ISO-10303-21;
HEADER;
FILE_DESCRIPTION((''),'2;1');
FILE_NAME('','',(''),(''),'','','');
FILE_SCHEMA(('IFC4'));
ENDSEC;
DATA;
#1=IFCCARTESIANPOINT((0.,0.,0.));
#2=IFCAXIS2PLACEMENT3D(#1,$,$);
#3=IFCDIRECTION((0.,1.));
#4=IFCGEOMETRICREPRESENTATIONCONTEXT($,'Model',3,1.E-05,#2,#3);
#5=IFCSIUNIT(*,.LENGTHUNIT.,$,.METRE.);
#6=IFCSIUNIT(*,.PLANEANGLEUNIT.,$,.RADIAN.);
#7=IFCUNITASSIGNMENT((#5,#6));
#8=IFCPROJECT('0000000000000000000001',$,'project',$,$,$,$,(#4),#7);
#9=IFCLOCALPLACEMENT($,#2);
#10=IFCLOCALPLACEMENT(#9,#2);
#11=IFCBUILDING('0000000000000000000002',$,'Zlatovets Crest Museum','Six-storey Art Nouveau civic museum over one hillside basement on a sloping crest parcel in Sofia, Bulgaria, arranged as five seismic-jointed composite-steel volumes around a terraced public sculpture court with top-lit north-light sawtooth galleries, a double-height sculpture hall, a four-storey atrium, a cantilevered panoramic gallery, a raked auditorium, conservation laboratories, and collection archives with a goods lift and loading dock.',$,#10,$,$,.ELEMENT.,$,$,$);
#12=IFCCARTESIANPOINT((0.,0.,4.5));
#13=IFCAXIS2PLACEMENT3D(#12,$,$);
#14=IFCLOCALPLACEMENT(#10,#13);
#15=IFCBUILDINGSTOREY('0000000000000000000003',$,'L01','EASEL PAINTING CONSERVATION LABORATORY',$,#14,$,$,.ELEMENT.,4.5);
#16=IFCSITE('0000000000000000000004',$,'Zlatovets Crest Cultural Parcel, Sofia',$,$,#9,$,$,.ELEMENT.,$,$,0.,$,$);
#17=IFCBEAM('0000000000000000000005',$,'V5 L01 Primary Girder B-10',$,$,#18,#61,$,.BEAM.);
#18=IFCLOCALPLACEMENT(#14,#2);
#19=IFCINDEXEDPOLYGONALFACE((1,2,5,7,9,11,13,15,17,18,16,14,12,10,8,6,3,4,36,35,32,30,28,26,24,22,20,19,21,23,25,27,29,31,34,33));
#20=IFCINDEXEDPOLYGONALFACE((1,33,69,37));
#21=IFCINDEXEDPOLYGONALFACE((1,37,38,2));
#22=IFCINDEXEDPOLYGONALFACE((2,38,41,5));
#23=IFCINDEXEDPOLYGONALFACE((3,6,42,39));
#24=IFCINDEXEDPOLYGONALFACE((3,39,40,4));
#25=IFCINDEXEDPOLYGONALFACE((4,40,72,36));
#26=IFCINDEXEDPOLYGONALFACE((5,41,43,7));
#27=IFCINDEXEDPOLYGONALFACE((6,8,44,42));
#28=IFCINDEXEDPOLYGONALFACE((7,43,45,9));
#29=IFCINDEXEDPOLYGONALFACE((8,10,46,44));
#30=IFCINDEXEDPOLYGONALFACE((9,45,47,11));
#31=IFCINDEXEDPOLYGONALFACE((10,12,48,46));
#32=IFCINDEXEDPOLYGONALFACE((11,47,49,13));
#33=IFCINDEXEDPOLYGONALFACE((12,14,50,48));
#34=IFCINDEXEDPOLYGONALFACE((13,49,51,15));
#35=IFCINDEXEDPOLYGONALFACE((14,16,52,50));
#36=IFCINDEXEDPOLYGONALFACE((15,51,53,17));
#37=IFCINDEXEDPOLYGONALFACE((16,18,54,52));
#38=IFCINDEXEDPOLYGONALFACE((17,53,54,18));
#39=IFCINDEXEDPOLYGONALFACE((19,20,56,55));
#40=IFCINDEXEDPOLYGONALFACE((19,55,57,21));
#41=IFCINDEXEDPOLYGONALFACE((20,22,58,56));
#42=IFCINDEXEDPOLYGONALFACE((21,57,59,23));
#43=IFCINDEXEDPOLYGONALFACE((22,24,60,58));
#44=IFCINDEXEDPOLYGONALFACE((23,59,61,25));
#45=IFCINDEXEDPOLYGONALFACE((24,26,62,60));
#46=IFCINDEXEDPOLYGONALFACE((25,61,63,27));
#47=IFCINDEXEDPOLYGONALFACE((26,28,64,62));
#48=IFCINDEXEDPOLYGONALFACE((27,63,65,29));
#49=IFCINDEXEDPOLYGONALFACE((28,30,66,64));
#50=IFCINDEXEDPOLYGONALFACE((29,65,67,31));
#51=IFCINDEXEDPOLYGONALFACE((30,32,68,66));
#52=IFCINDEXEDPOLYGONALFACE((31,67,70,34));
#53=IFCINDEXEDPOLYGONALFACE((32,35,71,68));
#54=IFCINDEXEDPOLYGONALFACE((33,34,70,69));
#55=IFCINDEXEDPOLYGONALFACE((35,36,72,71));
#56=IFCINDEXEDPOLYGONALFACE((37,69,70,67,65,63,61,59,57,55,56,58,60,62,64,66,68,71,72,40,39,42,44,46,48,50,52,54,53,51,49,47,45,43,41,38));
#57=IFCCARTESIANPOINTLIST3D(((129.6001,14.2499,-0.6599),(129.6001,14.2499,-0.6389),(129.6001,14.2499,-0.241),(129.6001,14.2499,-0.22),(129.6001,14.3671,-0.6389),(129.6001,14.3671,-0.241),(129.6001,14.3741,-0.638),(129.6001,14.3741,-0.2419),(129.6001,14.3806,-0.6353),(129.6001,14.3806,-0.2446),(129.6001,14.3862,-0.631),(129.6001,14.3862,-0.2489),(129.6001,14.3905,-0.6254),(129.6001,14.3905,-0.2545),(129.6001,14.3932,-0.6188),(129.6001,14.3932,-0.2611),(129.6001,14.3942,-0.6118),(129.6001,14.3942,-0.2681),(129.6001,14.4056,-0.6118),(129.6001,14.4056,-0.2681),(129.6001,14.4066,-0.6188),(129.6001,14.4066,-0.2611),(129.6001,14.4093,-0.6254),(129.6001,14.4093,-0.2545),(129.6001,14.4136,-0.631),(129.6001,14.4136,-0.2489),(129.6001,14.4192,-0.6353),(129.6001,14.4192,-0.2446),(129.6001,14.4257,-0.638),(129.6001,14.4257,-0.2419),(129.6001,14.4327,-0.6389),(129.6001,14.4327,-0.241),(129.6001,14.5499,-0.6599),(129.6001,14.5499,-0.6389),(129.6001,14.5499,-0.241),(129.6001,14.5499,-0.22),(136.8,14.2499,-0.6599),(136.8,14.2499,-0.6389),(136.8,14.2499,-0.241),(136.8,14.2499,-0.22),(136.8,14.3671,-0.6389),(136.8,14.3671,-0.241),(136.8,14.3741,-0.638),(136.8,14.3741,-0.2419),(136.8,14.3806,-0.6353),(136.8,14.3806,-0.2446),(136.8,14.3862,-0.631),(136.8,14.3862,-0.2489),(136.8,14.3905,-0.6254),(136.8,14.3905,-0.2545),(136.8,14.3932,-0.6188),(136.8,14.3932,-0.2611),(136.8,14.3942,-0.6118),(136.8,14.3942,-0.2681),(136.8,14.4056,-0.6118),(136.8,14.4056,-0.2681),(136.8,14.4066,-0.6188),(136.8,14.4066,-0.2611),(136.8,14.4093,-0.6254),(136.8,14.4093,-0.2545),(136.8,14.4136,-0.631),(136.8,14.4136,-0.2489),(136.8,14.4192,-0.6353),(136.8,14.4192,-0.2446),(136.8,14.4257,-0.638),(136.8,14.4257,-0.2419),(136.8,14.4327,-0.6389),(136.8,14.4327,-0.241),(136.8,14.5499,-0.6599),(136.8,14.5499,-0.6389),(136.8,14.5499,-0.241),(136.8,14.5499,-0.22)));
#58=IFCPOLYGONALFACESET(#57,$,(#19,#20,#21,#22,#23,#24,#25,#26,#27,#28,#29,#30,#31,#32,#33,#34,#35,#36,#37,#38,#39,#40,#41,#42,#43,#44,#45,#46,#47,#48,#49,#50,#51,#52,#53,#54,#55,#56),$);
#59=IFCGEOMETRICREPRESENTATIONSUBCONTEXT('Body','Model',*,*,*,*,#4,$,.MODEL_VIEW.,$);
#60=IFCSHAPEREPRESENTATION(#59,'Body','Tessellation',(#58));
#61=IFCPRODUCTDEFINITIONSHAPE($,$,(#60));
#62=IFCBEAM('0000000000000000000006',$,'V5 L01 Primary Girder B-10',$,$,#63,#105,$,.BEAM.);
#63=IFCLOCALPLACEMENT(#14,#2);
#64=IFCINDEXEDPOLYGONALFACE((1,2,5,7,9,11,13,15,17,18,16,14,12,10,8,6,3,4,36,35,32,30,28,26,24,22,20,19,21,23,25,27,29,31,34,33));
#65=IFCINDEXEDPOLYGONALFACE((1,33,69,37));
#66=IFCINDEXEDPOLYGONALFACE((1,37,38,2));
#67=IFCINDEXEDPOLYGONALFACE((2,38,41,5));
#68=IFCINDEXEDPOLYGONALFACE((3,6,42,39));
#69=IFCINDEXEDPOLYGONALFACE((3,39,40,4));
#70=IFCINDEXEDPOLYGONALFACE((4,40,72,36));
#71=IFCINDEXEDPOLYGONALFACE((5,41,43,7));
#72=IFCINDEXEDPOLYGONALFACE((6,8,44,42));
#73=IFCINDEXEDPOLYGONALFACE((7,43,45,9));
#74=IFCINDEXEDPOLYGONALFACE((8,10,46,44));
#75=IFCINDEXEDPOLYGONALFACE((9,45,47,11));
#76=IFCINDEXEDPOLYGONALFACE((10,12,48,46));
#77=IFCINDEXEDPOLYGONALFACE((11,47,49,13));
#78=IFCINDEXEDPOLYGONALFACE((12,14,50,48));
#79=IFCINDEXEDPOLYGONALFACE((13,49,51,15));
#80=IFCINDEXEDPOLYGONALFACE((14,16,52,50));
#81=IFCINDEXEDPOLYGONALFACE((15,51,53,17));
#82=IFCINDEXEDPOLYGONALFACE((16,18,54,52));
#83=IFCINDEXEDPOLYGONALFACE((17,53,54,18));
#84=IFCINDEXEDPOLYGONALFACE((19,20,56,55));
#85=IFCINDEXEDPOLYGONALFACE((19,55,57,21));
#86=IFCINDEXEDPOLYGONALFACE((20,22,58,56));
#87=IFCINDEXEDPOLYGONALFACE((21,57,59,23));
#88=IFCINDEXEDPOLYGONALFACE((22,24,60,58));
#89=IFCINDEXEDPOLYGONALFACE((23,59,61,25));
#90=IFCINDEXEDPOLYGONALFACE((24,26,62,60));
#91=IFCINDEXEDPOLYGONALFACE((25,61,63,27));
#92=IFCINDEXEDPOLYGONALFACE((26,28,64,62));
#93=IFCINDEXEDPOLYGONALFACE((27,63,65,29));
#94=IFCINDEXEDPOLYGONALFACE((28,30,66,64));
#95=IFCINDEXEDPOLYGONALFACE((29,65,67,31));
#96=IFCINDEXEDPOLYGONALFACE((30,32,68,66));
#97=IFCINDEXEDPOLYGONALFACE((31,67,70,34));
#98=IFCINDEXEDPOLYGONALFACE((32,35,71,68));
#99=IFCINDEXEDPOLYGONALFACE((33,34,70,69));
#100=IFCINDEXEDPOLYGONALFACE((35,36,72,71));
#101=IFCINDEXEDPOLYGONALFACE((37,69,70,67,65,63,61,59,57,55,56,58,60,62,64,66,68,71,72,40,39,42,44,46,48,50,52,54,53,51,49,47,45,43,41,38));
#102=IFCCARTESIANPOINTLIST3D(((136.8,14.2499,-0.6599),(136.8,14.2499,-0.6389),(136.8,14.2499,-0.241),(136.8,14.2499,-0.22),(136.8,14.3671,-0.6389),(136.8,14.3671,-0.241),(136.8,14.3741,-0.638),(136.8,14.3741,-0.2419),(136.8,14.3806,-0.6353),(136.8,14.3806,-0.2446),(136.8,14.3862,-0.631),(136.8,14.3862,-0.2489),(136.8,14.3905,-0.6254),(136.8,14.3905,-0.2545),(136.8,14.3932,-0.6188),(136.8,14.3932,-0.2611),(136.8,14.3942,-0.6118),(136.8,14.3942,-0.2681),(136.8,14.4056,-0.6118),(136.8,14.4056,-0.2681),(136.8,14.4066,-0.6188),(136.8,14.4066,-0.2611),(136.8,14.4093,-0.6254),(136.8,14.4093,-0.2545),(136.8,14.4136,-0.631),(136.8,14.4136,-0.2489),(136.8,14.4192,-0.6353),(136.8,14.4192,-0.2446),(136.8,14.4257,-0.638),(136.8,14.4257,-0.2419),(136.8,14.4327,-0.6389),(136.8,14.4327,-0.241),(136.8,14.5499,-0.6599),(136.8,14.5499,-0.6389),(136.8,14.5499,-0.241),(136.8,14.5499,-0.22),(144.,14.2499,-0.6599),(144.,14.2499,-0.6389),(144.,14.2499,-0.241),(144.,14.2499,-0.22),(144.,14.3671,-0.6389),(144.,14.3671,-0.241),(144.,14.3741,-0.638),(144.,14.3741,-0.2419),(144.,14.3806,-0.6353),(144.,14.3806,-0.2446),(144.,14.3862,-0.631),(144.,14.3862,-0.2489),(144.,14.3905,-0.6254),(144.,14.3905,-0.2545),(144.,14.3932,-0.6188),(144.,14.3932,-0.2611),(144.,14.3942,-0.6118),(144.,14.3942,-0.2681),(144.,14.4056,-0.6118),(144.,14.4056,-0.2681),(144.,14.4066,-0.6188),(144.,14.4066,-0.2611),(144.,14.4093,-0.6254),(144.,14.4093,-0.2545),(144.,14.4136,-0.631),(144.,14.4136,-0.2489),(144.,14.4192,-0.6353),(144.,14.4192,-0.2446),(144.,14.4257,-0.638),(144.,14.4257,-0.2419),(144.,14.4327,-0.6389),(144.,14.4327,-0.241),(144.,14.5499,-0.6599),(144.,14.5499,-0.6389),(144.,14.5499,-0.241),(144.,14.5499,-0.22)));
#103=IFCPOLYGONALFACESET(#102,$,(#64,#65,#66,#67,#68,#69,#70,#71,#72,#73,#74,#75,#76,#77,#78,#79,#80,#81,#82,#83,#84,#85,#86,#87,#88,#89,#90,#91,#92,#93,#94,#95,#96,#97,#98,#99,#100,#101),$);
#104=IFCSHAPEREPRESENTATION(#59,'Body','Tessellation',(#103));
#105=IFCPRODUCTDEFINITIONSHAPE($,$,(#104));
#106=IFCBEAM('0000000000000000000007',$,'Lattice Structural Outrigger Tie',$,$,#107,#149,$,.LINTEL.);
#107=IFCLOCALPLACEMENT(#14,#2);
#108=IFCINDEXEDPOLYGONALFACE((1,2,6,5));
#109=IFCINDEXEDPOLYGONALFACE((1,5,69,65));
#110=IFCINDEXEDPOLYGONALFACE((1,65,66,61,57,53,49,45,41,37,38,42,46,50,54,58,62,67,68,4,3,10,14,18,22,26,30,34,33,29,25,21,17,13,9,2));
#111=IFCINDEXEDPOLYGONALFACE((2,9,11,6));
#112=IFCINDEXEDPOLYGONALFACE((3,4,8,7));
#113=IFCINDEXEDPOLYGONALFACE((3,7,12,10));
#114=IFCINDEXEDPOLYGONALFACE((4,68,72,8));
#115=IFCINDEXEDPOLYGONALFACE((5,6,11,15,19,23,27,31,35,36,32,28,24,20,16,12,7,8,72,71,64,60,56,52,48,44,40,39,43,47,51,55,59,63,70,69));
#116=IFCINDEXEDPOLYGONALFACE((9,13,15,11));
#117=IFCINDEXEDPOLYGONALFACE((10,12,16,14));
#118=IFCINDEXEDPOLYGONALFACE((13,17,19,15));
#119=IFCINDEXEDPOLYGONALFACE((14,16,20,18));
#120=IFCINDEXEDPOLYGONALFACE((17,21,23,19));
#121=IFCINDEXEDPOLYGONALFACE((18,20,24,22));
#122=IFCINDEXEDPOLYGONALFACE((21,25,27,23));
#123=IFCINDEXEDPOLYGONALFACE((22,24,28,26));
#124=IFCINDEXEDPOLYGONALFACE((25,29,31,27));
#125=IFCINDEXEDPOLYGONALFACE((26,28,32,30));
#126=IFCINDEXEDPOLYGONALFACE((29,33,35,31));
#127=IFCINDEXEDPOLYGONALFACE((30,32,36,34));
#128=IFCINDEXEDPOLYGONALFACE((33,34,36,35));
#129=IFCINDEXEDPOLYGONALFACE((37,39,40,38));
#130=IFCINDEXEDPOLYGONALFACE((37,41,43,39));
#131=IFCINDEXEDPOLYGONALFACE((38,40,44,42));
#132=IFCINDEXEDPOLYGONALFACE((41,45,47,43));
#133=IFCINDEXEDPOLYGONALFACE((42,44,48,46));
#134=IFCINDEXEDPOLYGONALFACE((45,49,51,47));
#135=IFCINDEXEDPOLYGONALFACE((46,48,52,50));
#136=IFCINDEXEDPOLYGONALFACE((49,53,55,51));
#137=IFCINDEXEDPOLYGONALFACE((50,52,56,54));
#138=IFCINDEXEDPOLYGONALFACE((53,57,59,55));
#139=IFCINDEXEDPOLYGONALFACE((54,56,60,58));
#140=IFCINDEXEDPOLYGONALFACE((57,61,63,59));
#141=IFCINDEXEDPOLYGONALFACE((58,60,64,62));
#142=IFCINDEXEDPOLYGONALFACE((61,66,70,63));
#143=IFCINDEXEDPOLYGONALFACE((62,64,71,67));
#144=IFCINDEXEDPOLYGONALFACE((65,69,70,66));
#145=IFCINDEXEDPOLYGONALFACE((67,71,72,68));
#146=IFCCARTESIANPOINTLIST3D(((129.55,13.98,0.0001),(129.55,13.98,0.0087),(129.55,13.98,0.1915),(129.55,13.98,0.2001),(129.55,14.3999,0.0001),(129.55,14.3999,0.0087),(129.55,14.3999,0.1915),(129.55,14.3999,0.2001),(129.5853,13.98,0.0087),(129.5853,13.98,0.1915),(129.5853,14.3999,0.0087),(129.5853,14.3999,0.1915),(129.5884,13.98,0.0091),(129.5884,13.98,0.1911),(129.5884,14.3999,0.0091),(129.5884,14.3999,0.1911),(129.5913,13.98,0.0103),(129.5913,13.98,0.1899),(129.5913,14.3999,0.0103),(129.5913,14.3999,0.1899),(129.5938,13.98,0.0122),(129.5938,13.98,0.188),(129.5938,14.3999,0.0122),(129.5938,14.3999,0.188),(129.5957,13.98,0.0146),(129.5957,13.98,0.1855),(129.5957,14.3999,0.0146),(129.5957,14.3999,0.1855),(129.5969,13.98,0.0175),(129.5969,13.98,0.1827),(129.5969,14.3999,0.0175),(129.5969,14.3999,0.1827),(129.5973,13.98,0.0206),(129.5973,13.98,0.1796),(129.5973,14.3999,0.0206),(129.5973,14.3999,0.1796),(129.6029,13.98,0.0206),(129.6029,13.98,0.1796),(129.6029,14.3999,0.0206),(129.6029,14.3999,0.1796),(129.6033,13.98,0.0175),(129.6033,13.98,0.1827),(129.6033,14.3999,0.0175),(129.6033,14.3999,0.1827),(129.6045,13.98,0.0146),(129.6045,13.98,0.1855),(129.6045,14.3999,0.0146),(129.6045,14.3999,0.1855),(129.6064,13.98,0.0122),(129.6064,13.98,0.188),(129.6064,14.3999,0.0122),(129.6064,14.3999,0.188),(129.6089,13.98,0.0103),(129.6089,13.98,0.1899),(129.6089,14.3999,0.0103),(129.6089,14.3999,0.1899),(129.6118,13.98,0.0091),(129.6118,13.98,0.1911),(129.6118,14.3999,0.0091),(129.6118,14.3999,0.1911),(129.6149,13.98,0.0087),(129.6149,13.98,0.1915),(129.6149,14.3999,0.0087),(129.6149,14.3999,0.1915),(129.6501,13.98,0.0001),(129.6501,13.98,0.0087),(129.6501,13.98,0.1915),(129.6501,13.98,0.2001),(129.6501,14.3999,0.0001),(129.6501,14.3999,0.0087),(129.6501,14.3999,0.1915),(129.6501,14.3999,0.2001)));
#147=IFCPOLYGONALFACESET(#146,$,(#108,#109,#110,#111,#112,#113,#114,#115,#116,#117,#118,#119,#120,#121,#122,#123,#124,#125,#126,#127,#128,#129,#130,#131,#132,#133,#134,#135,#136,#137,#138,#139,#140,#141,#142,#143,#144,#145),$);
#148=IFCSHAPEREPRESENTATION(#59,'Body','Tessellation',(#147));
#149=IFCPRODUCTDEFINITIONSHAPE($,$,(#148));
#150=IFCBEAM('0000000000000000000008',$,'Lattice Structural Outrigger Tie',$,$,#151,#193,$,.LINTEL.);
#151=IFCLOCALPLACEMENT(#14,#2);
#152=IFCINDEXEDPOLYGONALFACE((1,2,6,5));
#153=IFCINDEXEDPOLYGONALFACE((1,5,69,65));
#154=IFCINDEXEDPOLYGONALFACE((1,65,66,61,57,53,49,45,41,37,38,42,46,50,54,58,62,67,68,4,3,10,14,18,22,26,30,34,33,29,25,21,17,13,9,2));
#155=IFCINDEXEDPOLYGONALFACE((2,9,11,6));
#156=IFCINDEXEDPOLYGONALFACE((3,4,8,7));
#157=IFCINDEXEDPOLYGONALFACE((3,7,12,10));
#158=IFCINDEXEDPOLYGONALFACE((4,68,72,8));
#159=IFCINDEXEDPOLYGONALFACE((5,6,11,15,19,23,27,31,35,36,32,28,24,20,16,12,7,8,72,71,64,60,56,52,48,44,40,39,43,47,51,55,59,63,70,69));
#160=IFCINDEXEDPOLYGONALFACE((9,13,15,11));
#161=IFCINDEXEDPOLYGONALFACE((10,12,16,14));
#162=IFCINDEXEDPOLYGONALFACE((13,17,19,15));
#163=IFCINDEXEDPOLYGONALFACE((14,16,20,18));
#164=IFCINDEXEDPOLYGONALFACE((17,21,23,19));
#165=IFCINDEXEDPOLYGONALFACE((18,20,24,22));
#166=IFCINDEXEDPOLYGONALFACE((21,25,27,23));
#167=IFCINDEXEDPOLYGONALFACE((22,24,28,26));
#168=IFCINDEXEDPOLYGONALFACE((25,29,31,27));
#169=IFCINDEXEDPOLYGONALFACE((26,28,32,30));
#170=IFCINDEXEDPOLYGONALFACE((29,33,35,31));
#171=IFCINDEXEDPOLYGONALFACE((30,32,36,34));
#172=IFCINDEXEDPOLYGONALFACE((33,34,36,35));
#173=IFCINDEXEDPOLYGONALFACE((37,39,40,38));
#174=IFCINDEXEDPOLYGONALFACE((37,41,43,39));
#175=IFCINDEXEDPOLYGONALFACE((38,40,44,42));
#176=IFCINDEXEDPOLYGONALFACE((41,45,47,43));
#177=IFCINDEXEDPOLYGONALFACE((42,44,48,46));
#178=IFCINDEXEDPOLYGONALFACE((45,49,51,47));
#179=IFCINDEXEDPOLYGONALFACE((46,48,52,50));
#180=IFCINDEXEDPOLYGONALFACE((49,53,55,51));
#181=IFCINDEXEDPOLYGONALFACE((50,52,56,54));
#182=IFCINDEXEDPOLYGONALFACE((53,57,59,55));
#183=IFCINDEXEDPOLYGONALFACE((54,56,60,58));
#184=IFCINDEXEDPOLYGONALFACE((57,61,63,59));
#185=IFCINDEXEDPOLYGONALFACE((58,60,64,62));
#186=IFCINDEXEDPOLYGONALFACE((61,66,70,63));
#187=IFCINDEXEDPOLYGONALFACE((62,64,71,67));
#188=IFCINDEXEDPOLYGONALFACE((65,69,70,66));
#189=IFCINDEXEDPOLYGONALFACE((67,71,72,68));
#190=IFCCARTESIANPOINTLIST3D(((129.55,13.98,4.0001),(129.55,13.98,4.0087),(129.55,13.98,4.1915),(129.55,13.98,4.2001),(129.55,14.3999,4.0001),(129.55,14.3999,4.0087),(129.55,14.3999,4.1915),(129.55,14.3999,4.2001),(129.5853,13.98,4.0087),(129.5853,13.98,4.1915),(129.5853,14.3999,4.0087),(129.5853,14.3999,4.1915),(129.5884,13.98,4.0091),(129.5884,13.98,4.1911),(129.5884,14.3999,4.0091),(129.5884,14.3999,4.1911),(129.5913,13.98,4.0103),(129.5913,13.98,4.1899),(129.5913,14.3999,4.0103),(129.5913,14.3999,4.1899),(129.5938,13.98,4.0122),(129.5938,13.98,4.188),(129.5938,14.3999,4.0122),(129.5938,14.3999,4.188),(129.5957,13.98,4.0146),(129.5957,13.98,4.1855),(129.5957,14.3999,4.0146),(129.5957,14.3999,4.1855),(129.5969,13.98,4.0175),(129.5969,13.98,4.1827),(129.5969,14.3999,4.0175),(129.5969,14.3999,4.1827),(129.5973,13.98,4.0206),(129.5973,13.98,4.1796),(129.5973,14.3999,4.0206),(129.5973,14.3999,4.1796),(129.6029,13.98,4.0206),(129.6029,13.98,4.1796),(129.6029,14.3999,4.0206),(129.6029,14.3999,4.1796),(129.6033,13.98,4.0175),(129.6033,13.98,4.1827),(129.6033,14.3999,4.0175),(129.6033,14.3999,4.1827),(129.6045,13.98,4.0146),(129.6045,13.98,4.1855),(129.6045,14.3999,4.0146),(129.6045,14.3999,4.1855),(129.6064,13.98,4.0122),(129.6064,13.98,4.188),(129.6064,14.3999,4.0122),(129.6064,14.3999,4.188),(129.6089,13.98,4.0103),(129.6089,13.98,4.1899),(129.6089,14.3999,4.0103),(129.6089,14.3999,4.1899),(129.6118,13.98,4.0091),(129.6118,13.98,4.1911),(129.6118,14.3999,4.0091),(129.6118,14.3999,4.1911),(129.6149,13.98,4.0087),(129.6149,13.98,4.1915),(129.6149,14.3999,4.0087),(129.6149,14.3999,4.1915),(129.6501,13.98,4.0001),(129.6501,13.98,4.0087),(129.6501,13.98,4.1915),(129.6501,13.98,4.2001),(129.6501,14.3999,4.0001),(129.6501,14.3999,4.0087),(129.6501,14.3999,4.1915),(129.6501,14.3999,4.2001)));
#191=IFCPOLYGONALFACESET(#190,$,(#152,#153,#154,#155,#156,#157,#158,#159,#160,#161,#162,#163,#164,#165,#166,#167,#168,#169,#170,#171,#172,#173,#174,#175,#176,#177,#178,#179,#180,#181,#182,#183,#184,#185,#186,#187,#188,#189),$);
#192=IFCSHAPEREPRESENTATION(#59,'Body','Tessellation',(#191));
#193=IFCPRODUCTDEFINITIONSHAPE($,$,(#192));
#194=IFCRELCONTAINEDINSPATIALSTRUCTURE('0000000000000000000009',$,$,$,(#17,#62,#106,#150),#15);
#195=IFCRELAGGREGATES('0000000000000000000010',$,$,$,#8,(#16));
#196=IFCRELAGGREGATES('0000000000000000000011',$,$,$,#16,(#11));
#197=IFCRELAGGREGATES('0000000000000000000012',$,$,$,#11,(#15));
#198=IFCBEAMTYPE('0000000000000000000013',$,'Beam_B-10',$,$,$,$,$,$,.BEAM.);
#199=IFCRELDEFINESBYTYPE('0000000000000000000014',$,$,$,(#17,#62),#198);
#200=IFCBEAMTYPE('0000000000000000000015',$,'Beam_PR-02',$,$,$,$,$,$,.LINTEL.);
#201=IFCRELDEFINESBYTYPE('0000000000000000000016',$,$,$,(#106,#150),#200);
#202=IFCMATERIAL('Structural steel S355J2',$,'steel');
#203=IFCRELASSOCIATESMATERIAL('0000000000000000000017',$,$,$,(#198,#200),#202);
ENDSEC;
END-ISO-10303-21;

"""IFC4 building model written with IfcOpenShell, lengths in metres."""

from ifc_helpers import new_model, si_unit, direction, frame, origin, origin_2d, place, context, subcontext, project, spatial, i_section, extrude, material, material_profile, profile_set, type_object, element, save


model = new_model("IFC4")

# Units and contexts
model_context = context("Model", 3, precision=1e-05, world=origin(), true_north=direction((0.0, 1.0)))
body_context = subcontext(model_context, "Body", "Model", "MODEL_VIEW")
ifc_project = project(units=[si_unit("LENGTHUNIT", "METRE"), si_unit("PLANEANGLEUNIT", "RADIAN")], contexts=[model_context])

# Site, building, storey
site_placement = place(None, origin())
site = spatial("IfcSite", under=ifc_project, at=site_placement, Name="Zlatovets Crest Cultural Parcel, Sofia", CompositionType="ELEMENT", RefElevation=0.0)
building_placement = place(site_placement, origin())
building = spatial("IfcBuilding", under=site, at=building_placement, Name="Zlatovets Crest Museum", Description="Six-storey Art Nouveau civic museum over one hillside basement on a sloping crest parcel in Sofia, Bulgaria, arranged as five seismic-jointed composite-steel volumes around a terraced public sculpture court with top-lit north-light sawtooth galleries, a double-height sculpture hall, a four-storey atrium, a cantilevered panoramic gallery, a raked auditorium, conservation laboratories, and collection archives with a goods lift and loading dock.", CompositionType="ELEMENT")
storey_placement = place(building_placement, frame((0.0, 0.0, 4.5)))
storey = spatial("IfcBuildingStorey", under=building, at=storey_placement, Name="L01", Description="EASEL PAINTING CONSERVATION LABORATORY", CompositionType="ELEMENT", Elevation=4.5)

# Shared definitions
ifc_material_1 = material(Name="Structural steel S355J2", Category="steel")

# Beams
ifc_material_profile_1 = material_profile(ifc_material_1, i_section(OverallWidth=0.3, OverallDepth=0.4399, WebThickness=0.0115, FlangeThickness=0.021, FilletRadius=0.0271, at=origin_2d()), Name="HEA 450")
ifc_profile_set_1 = profile_set([ifc_material_profile_1], Name="Structural steel S355J2")
beam_type_1 = type_object("IfcBeamType", Name="Beam_B-10", PredefinedType="BEAM", material=ifc_profile_set_1)
for number, where, z_axis, x_axis, name in (
    (1, (129.6001, 14.3999, -0.4399), (1.0, 0.0, 0.0), (0.0, 1.0, 0.0), "V5 L01 Primary Girder B-10"),
    (2, (136.8, 14.3999, -0.4399), (1.0, 0.0, 0.0), (0.0, 1.0, 0.0), "V5 L01 Primary Girder B-10"),
):
    element("IfcBeam", number, at=place(storey_placement, frame(where, z_axis=z_axis, x_axis=x_axis)), inside=storey, type_object=beam_type_1, Name=name, PredefinedType="BEAM", context=body_context, shape_type="SweptSolid", body=[
        extrude(i_section(OverallWidth=0.3, OverallDepth=0.4399, WebThickness=0.0115, FlangeThickness=0.021, FilletRadius=0.0271, at=origin_2d()), origin(), (0.0, 0.0, 1.0), 7.2),
    ])
ifc_material_profile_2 = material_profile(ifc_material_1, i_section(OverallWidth=0.1001, OverallDepth=0.2, WebThickness=0.0056, FlangeThickness=0.0085, FilletRadius=0.012, at=origin_2d()), Name="IPE 200")
ifc_profile_set_2 = profile_set([ifc_material_profile_2], Name="Structural steel S355J2")
beam_type_2 = type_object("IfcBeamType", Name="Beam_PR-02", PredefinedType="LINTEL", material=ifc_profile_set_2)
for number, where, z_axis, x_axis, name in (
    (3, (129.6001, 14.3999, 0.1001), (0.0, -1.0, 0.0), (1.0, 0.0, 0.0), "Lattice Structural Outrigger Tie"),
    (4, (129.6001, 14.3999, 4.1001), (0.0, -1.0, 0.0), (1.0, 0.0, 0.0), "Lattice Structural Outrigger Tie"),
):
    element("IfcBeam", number, at=place(storey_placement, frame(where, z_axis=z_axis, x_axis=x_axis)), inside=storey, type_object=beam_type_2, Name=name, PredefinedType="LINTEL", context=body_context, shape_type="SweptSolid", body=[
        extrude(i_section(OverallWidth=0.1001, OverallDepth=0.2, WebThickness=0.0056, FlangeThickness=0.0085, FilletRadius=0.012, at=origin_2d()), origin(), (0.0, 0.0, 1.0), 0.4199),
    ])

save(model, "model.ifc")
